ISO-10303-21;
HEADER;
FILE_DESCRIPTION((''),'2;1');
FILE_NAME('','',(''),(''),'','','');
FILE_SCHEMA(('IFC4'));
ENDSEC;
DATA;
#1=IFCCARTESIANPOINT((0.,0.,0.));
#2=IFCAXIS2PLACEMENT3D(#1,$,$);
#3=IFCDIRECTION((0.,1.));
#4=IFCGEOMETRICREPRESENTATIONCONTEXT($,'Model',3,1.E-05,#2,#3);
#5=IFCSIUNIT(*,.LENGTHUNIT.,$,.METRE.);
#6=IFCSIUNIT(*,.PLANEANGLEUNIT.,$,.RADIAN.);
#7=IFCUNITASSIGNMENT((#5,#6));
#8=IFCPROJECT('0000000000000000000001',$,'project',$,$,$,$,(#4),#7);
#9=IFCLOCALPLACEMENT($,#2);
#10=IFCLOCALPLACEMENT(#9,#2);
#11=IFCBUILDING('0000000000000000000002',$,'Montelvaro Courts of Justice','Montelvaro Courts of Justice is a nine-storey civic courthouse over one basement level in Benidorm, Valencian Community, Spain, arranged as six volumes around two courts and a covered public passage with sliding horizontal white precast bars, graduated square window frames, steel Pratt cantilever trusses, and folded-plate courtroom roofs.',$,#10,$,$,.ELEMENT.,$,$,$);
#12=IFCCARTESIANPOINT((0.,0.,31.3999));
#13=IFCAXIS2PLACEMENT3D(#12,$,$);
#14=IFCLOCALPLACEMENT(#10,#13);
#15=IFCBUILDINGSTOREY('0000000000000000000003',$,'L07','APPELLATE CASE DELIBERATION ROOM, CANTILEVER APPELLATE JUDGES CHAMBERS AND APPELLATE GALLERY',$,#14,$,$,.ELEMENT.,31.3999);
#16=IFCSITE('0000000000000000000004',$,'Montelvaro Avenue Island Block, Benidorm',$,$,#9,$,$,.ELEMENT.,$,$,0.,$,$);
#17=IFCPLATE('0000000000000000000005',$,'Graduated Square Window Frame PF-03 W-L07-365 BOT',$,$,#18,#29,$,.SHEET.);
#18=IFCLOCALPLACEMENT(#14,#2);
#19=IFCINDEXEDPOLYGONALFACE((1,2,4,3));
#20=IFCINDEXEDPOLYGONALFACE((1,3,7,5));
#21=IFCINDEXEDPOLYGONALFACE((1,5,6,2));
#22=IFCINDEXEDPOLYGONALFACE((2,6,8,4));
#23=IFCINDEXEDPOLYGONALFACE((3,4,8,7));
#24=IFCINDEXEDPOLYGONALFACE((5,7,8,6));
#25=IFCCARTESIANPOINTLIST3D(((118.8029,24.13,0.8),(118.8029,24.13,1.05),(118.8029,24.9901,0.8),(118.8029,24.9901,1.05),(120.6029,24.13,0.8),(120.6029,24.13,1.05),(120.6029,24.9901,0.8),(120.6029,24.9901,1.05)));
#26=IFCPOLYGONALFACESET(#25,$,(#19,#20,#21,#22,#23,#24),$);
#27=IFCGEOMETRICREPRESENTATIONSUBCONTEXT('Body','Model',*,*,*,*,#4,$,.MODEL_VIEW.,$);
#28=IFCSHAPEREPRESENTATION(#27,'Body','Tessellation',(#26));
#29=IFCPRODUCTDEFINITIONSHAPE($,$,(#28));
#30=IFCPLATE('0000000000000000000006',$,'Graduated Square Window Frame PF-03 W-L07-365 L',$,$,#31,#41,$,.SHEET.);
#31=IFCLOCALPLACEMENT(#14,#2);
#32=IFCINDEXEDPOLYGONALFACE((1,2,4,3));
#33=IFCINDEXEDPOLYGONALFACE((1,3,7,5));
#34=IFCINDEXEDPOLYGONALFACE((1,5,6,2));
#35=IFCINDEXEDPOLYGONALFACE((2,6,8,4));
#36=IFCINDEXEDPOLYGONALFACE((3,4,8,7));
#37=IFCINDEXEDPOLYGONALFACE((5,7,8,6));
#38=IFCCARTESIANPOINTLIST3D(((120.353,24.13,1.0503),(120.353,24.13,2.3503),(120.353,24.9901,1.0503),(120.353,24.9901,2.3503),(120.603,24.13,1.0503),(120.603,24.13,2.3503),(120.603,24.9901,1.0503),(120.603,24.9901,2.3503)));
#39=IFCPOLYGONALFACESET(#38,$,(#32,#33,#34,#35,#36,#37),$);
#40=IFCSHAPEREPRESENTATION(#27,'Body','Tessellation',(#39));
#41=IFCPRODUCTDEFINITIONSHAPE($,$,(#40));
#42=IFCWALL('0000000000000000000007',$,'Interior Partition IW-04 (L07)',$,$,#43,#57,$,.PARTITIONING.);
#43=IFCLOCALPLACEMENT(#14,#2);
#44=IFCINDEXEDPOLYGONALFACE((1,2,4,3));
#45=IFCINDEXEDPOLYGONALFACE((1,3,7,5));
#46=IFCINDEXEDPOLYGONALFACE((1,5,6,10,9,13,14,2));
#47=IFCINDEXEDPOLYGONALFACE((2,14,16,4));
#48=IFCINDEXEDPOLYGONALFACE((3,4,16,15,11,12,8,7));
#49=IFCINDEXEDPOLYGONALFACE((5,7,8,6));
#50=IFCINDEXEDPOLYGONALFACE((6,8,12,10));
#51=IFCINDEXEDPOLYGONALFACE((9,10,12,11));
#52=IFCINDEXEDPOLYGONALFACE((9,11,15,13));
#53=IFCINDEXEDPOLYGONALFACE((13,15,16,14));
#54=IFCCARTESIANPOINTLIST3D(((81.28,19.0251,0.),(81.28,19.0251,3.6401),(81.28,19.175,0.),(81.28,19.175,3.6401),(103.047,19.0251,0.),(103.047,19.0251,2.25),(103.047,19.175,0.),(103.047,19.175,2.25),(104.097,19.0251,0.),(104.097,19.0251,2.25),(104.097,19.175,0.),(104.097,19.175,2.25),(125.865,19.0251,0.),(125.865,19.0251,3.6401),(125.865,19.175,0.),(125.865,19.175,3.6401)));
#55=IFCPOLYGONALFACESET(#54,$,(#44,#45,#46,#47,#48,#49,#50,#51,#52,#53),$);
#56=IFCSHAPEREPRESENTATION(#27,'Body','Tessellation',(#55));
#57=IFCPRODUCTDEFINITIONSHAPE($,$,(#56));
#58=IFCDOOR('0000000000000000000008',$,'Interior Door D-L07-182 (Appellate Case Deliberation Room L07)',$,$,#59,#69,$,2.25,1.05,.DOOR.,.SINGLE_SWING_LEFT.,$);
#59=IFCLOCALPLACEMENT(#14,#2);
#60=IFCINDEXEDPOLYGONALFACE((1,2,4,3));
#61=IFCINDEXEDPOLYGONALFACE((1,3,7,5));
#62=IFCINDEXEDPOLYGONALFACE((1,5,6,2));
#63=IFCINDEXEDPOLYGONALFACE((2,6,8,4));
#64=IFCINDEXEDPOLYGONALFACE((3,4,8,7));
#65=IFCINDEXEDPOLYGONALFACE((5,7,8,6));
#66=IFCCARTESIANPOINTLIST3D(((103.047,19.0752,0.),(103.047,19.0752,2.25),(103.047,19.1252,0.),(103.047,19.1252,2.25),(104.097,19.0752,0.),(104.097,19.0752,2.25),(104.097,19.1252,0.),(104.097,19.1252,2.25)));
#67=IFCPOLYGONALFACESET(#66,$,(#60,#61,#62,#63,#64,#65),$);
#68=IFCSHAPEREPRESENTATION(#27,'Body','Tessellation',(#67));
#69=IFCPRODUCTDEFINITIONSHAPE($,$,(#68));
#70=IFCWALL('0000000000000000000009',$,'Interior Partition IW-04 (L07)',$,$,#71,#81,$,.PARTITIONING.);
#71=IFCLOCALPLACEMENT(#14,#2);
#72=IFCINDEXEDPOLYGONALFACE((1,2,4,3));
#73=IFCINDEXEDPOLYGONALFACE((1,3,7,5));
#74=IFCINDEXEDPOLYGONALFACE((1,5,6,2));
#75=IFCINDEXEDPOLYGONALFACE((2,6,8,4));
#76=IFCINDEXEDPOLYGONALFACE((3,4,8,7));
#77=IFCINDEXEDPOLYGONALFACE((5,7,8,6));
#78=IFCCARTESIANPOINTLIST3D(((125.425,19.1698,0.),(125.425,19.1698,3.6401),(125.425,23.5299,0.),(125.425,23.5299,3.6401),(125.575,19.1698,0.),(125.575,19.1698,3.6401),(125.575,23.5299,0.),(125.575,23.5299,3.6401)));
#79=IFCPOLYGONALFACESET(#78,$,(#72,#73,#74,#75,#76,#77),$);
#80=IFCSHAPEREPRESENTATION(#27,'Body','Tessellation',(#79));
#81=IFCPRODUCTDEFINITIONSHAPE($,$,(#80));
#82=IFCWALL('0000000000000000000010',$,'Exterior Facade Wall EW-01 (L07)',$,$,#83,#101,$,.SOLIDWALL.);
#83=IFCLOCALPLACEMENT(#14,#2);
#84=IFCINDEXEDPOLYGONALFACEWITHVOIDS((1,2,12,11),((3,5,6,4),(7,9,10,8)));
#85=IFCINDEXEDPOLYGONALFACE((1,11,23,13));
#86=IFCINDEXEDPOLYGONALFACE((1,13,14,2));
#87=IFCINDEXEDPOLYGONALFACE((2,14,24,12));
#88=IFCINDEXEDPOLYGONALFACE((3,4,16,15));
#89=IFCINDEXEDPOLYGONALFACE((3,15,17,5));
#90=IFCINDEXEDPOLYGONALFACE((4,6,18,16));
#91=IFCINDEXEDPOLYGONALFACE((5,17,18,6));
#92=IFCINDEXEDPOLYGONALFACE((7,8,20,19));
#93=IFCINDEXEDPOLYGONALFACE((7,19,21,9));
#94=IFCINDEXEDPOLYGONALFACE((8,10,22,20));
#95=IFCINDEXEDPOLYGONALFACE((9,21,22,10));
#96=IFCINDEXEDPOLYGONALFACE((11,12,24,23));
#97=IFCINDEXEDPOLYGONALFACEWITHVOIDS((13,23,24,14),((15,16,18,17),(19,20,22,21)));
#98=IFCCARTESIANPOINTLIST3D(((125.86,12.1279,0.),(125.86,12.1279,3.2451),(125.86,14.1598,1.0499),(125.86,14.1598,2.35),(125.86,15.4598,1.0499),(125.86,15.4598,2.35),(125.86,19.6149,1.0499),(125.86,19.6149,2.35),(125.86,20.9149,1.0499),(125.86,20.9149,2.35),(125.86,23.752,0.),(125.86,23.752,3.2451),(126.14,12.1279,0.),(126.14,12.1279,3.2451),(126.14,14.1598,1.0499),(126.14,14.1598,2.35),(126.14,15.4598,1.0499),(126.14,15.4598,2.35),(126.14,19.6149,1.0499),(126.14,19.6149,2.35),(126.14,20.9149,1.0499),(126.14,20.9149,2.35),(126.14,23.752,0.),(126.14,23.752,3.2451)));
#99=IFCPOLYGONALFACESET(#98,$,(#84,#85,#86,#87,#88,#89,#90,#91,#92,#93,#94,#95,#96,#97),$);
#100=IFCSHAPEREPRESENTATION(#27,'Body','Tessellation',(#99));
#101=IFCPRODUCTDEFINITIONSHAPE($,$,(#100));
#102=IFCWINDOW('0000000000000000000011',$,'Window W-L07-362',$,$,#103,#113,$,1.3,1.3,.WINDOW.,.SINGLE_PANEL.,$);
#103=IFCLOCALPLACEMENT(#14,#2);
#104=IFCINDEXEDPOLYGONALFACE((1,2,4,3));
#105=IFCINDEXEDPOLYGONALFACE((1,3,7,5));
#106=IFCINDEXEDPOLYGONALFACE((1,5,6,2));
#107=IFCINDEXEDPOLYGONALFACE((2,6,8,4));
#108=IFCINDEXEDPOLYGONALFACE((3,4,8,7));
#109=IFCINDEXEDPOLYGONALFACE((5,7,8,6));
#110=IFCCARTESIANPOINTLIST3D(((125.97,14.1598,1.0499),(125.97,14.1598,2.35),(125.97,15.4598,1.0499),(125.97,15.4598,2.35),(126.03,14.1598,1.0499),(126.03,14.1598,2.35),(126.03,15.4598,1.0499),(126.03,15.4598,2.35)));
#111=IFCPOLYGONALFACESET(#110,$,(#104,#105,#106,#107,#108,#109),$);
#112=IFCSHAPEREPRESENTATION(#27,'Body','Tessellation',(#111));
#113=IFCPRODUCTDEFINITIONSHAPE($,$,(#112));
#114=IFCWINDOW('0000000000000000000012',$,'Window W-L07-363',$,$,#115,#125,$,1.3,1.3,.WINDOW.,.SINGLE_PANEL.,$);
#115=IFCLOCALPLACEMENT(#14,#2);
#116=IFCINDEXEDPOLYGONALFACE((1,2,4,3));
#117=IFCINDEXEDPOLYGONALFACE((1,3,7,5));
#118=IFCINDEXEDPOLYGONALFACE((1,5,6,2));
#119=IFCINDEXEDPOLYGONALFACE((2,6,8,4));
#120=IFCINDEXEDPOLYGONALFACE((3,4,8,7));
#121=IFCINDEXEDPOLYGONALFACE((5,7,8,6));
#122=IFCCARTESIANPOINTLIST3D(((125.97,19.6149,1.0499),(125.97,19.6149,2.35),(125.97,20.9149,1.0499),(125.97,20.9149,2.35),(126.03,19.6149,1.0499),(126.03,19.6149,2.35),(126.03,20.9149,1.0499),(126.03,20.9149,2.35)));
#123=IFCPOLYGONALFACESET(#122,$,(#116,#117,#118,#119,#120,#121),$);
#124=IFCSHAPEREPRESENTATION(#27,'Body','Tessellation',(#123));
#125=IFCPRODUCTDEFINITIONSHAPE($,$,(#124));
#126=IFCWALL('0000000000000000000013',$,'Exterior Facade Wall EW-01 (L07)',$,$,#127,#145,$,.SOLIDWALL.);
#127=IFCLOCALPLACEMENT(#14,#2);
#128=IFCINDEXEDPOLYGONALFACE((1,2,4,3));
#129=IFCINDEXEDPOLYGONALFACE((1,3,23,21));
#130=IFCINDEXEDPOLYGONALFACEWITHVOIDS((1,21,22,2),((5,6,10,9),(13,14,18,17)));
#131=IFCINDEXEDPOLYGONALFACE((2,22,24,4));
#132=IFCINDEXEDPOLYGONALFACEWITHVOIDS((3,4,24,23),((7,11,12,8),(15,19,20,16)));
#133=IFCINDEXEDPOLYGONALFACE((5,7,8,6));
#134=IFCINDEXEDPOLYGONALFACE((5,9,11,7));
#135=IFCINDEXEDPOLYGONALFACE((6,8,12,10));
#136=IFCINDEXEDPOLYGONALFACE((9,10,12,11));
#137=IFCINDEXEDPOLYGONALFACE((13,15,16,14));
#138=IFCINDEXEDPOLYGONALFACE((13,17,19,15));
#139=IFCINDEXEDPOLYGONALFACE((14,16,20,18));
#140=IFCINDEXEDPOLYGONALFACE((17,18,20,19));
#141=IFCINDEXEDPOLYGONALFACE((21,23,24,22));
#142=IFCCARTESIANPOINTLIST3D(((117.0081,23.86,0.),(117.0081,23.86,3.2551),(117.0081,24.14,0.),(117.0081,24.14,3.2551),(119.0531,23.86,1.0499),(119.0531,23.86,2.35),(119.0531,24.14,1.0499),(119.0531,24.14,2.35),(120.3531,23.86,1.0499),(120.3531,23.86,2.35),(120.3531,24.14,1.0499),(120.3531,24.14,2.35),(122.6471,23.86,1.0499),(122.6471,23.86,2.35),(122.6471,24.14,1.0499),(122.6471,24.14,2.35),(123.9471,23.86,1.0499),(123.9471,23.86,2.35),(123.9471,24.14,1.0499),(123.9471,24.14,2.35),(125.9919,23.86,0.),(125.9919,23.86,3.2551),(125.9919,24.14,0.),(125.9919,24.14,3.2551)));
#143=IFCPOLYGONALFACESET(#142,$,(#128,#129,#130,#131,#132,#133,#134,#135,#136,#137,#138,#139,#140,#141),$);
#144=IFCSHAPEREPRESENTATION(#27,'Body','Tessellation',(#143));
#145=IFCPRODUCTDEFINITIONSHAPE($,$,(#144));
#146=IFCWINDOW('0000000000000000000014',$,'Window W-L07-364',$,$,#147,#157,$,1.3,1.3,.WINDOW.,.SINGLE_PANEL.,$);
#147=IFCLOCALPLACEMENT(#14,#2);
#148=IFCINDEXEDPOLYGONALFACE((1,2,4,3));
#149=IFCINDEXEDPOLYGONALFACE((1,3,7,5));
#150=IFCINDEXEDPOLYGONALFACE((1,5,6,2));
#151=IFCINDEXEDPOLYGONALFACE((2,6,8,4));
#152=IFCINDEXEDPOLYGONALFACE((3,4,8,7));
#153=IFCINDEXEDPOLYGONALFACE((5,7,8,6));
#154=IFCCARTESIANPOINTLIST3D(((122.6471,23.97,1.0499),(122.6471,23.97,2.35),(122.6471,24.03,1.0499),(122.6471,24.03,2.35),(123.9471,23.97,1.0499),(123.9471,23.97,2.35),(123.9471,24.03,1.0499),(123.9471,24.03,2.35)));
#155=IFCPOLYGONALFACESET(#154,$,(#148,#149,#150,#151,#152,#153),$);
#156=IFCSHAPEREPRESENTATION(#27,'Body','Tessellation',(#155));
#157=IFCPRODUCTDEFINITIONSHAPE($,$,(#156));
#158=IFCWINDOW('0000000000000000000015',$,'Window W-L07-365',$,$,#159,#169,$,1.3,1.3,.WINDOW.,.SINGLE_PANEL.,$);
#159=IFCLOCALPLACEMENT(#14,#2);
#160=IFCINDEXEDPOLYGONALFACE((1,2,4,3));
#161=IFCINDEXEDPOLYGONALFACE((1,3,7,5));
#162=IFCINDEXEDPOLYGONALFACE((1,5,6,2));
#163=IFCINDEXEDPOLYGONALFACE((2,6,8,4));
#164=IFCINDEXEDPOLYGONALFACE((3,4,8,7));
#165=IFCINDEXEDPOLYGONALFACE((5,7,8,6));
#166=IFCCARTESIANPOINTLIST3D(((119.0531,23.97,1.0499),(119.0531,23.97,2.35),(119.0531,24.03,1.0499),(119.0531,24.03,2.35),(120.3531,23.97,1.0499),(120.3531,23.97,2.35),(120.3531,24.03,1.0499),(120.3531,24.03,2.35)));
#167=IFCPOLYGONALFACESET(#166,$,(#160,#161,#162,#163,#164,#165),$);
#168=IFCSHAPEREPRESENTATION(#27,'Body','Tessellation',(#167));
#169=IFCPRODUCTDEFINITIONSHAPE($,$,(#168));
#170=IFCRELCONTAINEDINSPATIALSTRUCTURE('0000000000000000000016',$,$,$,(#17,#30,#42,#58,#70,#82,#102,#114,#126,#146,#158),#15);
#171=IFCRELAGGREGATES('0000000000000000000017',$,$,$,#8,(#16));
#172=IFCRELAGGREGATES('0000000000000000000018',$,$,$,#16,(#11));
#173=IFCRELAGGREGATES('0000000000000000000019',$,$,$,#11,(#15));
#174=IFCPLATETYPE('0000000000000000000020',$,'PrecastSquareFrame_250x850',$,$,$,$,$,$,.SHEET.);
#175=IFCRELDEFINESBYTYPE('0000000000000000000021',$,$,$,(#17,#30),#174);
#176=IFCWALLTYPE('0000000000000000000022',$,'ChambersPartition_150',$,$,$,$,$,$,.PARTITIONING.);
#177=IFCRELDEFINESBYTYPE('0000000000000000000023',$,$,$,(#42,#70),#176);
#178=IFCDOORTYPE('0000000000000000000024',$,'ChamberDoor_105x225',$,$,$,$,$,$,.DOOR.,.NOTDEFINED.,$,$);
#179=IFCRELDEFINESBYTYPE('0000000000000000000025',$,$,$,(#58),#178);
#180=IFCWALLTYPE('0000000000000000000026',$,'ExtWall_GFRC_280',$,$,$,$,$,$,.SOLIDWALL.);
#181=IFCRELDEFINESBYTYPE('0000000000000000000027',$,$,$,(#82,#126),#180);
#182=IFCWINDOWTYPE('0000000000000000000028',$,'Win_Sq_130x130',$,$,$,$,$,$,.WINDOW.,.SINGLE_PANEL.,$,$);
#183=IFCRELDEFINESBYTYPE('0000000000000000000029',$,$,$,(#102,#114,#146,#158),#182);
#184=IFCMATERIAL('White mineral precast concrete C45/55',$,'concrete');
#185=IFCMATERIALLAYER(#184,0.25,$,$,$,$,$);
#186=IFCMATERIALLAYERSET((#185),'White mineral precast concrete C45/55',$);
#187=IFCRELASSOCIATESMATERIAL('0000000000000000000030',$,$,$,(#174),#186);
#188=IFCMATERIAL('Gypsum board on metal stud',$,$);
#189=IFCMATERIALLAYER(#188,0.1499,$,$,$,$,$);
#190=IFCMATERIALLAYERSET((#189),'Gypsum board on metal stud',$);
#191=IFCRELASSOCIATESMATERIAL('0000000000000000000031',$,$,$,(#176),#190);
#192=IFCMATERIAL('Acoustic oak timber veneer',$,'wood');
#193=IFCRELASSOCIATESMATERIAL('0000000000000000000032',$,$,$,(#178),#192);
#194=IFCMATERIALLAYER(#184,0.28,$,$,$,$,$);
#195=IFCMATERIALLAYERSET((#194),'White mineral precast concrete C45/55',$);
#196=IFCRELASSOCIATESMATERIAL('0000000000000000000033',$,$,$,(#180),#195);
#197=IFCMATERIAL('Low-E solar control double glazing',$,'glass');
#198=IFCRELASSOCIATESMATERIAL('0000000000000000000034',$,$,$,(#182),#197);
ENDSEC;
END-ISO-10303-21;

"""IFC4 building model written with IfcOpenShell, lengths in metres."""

from ifc_helpers import new_model, si_unit, direction, frame, frame_2d, origin, origin_2d, place, context, subcontext, project, spatial, rectangle, extrude, material, layer, layer_set, type_object, element, fill, save


model = new_model("IFC4")

# Units and contexts
model_context = context("Model", 3, precision=1e-05, world=origin(), true_north=direction((0.0, 1.0)))
body_context = subcontext(model_context, "Body", "Model", "MODEL_VIEW")
ifc_project = project(units=[si_unit("LENGTHUNIT", "METRE"), si_unit("PLANEANGLEUNIT", "RADIAN")], contexts=[model_context])

# Site, building, storey
site_placement = place(None, origin())
site = spatial("IfcSite", under=ifc_project, at=site_placement, Name="Montelvaro Avenue Island Block, Benidorm", CompositionType="ELEMENT", RefElevation=0.0)
building_placement = place(site_placement, origin())
building = spatial("IfcBuilding", under=site, at=building_placement, Name="Montelvaro Courts of Justice", Description="Montelvaro Courts of Justice is a nine-storey civic courthouse over one basement level in Benidorm, Valencian Community, Spain, arranged as six volumes around two courts and a covered public passage with sliding horizontal white precast bars, graduated square window frames, steel Pratt cantilever trusses, and folded-plate courtroom roofs.", CompositionType="ELEMENT")
storey_placement = place(building_placement, frame((0.0, 0.0, 31.3999)))
storey = spatial("IfcBuildingStorey", under=building, at=storey_placement, Name="L07", Description="APPELLATE CASE DELIBERATION ROOM, CANTILEVER APPELLATE JUDGES CHAMBERS AND APPELLATE GALLERY", CompositionType="ELEMENT", Elevation=31.3999)

# Plates
ifc_material_1 = material(Name="White mineral precast concrete C45/55", Category="concrete")
ifc_layer_1 = layer(ifc_material_1, 0.25)
ifc_layer_set_1 = layer_set([ifc_layer_1], Name="White mineral precast concrete C45/55")
plate_type_1 = type_object("IfcPlateType", Name="PrecastSquareFrame_250x850", PredefinedType="SHEET", material=ifc_layer_set_1)
plate_1_placement = place(storey_placement, frame((119.7029, 24.5601, 0.8), z_axis=(0.0, 0.0, 1.0), x_axis=(-1.0, 0.0, 0.0)))
element("IfcPlate", 1, at=plate_1_placement, inside=storey, type_object=plate_type_1, Name="Graduated Square Window Frame PF-03 W-L07-365 BOT", PredefinedType="SHEET", context=body_context, shape_type="SweptSolid", body=[
    extrude(rectangle(XDim=1.8, YDim=0.8601, at=origin_2d()), origin(), (0.0, 0.0, 1.0), 0.25),
])
plate_2_placement = place(storey_placement, frame((120.478, 24.5601, 1.0503), z_axis=(0.0, 0.0, 1.0), x_axis=(-1.0, 0.0, 0.0)))
element("IfcPlate", 2, at=plate_2_placement, inside=storey, type_object=plate_type_1, Name="Graduated Square Window Frame PF-03 W-L07-365 L", PredefinedType="SHEET", context=body_context, shape_type="SweptSolid", body=[
    extrude(rectangle(XDim=0.25, YDim=0.8601, at=origin_2d()), origin(), (0.0, 0.0, 1.0), 1.3),
])

# Wall, opening, door
ifc_material_2 = material(Name="Gypsum board on metal stud")
ifc_layer_2 = layer(ifc_material_2, 0.1499)
ifc_layer_set_2 = layer_set([ifc_layer_2], Name="Gypsum board on metal stud")
wall_type_1 = type_object("IfcWallType", Name="ChambersPartition_150", PredefinedType="PARTITIONING", material=ifc_layer_set_2)
wall_1_placement = place(storey_placement, frame((125.865, 19.1001, 0.0), z_axis=(0.0, 0.0, 1.0), x_axis=(-1.0, 0.0, 0.0)))
wall_1 = element("IfcWall", 3, at=wall_1_placement, inside=storey, type_object=wall_type_1, Name="Interior Partition IW-04 (L07)", PredefinedType="PARTITIONING", context=body_context, shape_type="SweptSolid", body=[
    extrude(rectangle(XDim=44.585, YDim=0.1499, at=frame_2d((22.2925, 0.0))), origin(), (0.0, 0.0, 1.0), 3.6401),
])
opening_1_placement = place(wall_1_placement, frame((21.7681, 0.0, 0.0)))
opening_1 = element("IfcOpeningElement", 4, at=opening_1_placement, cuts=wall_1, PredefinedType="OPENING", context=body_context, shape_type="SweptSolid", body=[
    extrude(rectangle(XDim=1.05, YDim=2.25, at=frame_2d((0.5249, 1.125))), frame((0.0, 0.0898, 0.0), z_axis=(0.0, -1.0, 0.0), x_axis=(1.0, 0.0, 0.0)), (0.0, 0.0, 1.0), 0.1797),
])
ifc_material_3 = material(Name="Acoustic oak timber veneer", Category="wood")
door_type = type_object("IfcDoorType", Name="ChamberDoor_105x225", OperationType="NOTDEFINED", PredefinedType="DOOR", material=ifc_material_3)
door_placement = place(opening_1_placement, origin())
door = element("IfcDoor", 5, at=door_placement, inside=storey, type_object=door_type, Name="Interior Door D-L07-182 (Appellate Case Deliberation Room L07)", OperationType="SINGLE_SWING_LEFT", OverallHeight=2.25, OverallWidth=1.05, PredefinedType="DOOR", context=body_context, shape_type="SweptSolid", body=[
    extrude(rectangle(XDim=1.05, YDim=2.25, at=frame_2d((0.5249, 1.125))), frame((0.0, 0.0249, 0.0), z_axis=(0.0, -1.0, 0.0), x_axis=(1.0, 0.0, 0.0)), (0.0, 0.0, 1.0), 0.05),
])
fill(opening_1, door)

# Wall
wall_2_placement = place(storey_placement, frame((125.5, 23.53, 0.0), z_axis=(0.0, 0.0, 1.0), x_axis=(0.0, -1.0, 0.0)))
element("IfcWall", 6, at=wall_2_placement, inside=storey, type_object=wall_type_1, Name="Interior Partition IW-04 (L07)", PredefinedType="PARTITIONING", context=body_context, shape_type="SweptSolid", body=[
    extrude(rectangle(XDim=4.3601, YDim=0.1499, at=frame_2d((2.1802, 0.0))), origin(), (0.0, 0.0, 1.0), 3.6401),
])

# Walls, openings, windows
ifc_layer_3 = layer(ifc_material_1, 0.28)
ifc_layer_set_3 = layer_set([ifc_layer_3], Name="White mineral precast concrete C45/55")
wall_type_2 = type_object("IfcWallType", Name="ExtWall_GFRC_280", PredefinedType="SOLIDWALL", material=ifc_layer_set_3)
wall_3_placement = place(storey_placement, frame((126.0, 12.1279, 0.0), z_axis=(0.0, 0.0, 1.0), x_axis=(0.0, 1.0, 0.0)))
wall_3 = element("IfcWall", 7, at=wall_3_placement, inside=storey, type_object=wall_type_2, Name="Exterior Facade Wall EW-01 (L07)", PredefinedType="SOLIDWALL", context=body_context, shape_type="SweptSolid", body=[
    extrude(rectangle(XDim=11.624, YDim=0.28, at=frame_2d((5.812, 0.0))), origin(), (0.0, 0.0, 1.0), 3.2451),
])
opening_2_placement = place(wall_3_placement, frame((2.032, 0.0, 1.05)))
opening_2 = element("IfcOpeningElement", 8, at=opening_2_placement, cuts=wall_3, PredefinedType="OPENING", context=body_context, shape_type="SweptSolid", body=[
    extrude(rectangle(XDim=1.3, YDim=1.3, at=frame_2d((0.6499, 0.6499))), frame((0.0, 0.1548, 0.0), z_axis=(0.0, -1.0, 0.0), x_axis=(1.0, 0.0, 0.0)), (0.0, 0.0, 1.0), 0.3098),
])
opening_3_placement = place(wall_3_placement, frame((7.4871, 0.0, 1.05)))
opening_3 = element("IfcOpeningElement", 9, at=opening_3_placement, cuts=wall_3, PredefinedType="OPENING", context=body_context, shape_type="SweptSolid", body=[
    extrude(rectangle(XDim=1.3, YDim=1.3, at=frame_2d((0.6499, 0.6499))), frame((0.0, 0.1548, 0.0), z_axis=(0.0, -1.0, 0.0), x_axis=(1.0, 0.0, 0.0)), (0.0, 0.0, 1.0), 0.3098),
])
ifc_material_4 = material(Name="Low-E solar control double glazing", Category="glass")
window_type = type_object("IfcWindowType", Name="Win_Sq_130x130", PartitioningType="SINGLE_PANEL", PredefinedType="WINDOW", material=ifc_material_4)
window_1_placement = place(opening_2_placement, origin())
window_1 = element("IfcWindow", 10, at=window_1_placement, inside=storey, type_object=window_type, Name="Window W-L07-362", OverallHeight=1.3, OverallWidth=1.3, PartitioningType="SINGLE_PANEL", PredefinedType="WINDOW", context=body_context, shape_type="SweptSolid", body=[
    extrude(rectangle(XDim=1.3, YDim=1.3, at=frame_2d((0.6499, 0.6499))), frame((0.0, 0.03, 0.0), z_axis=(0.0, -1.0, 0.0), x_axis=(1.0, 0.0, 0.0)), (0.0, 0.0, 1.0), 0.0601),
])
fill(opening_2, window_1)
window_2_placement = place(opening_3_placement, origin())
window_2 = element("IfcWindow", 11, at=window_2_placement, inside=storey, type_object=window_type, Name="Window W-L07-363", OverallHeight=1.3, OverallWidth=1.3, PartitioningType="SINGLE_PANEL", PredefinedType="WINDOW", context=body_context, shape_type="SweptSolid", body=[
    extrude(rectangle(XDim=1.3, YDim=1.3, at=frame_2d((0.6499, 0.6499))), frame((0.0, 0.03, 0.0), z_axis=(0.0, -1.0, 0.0), x_axis=(1.0, 0.0, 0.0)), (0.0, 0.0, 1.0), 0.0601),
])
fill(opening_3, window_2)
wall_4_placement = place(storey_placement, frame((125.9919, 24.0, 0.0), z_axis=(0.0, 0.0, 1.0), x_axis=(-1.0, 0.0, 0.0)))
wall_4 = element("IfcWall", 12, at=wall_4_placement, inside=storey, type_object=wall_type_2, Name="Exterior Facade Wall EW-01 (L07)", PredefinedType="SOLIDWALL", context=body_context, shape_type="SweptSolid", body=[
    extrude(rectangle(XDim=8.9839, YDim=0.28, at=frame_2d((4.4919, 0.0))), origin(), (0.0, 0.0, 1.0), 3.2551),
])
opening_4_placement = place(wall_4_placement, frame((2.0449, 0.0, 1.05)))
opening_4 = element("IfcOpeningElement", 13, at=opening_4_placement, cuts=wall_4, PredefinedType="OPENING", context=body_context, shape_type="SweptSolid", body=[
    extrude(rectangle(XDim=1.3, YDim=1.3, at=frame_2d((0.6499, 0.6499))), frame((0.0, 0.1548, 0.0), z_axis=(0.0, -1.0, 0.0), x_axis=(1.0, 0.0, 0.0)), (0.0, 0.0, 1.0), 0.3098),
])
opening_5_placement = place(wall_4_placement, frame((5.6389, 0.0, 1.05)))
opening_5 = element("IfcOpeningElement", 14, at=opening_5_placement, cuts=wall_4, PredefinedType="OPENING", context=body_context, shape_type="SweptSolid", body=[
    extrude(rectangle(XDim=1.3, YDim=1.3, at=frame_2d((0.6499, 0.6499))), frame((0.0, 0.1548, 0.0), z_axis=(0.0, -1.0, 0.0), x_axis=(1.0, 0.0, 0.0)), (0.0, 0.0, 1.0), 0.3098),
])
window_3_placement = place(opening_4_placement, origin())
window_3 = element("IfcWindow", 15, at=window_3_placement, inside=storey, type_object=window_type, Name="Window W-L07-364", OverallHeight=1.3, OverallWidth=1.3, PartitioningType="SINGLE_PANEL", PredefinedType="WINDOW", context=body_context, shape_type="SweptSolid", body=[
    extrude(rectangle(XDim=1.3, YDim=1.3, at=frame_2d((0.6499, 0.6499))), frame((0.0, 0.03, 0.0), z_axis=(0.0, -1.0, 0.0), x_axis=(1.0, 0.0, 0.0)), (0.0, 0.0, 1.0), 0.0601),
])
fill(opening_4, window_3)
window_4_placement = place(opening_5_placement, origin())
window_4 = element("IfcWindow", 16, at=window_4_placement, inside=storey, type_object=window_type, Name="Window W-L07-365", OverallHeight=1.3, OverallWidth=1.3, PartitioningType="SINGLE_PANEL", PredefinedType="WINDOW", context=body_context, shape_type="SweptSolid", body=[
    extrude(rectangle(XDim=1.3, YDim=1.3, at=frame_2d((0.6499, 0.6499))), frame((0.0, 0.03, 0.0), z_axis=(0.0, -1.0, 0.0), x_axis=(1.0, 0.0, 0.0)), (0.0, 0.0, 1.0), 0.0601),
])
fill(opening_5, window_4)

save(model, "model.ifc")
